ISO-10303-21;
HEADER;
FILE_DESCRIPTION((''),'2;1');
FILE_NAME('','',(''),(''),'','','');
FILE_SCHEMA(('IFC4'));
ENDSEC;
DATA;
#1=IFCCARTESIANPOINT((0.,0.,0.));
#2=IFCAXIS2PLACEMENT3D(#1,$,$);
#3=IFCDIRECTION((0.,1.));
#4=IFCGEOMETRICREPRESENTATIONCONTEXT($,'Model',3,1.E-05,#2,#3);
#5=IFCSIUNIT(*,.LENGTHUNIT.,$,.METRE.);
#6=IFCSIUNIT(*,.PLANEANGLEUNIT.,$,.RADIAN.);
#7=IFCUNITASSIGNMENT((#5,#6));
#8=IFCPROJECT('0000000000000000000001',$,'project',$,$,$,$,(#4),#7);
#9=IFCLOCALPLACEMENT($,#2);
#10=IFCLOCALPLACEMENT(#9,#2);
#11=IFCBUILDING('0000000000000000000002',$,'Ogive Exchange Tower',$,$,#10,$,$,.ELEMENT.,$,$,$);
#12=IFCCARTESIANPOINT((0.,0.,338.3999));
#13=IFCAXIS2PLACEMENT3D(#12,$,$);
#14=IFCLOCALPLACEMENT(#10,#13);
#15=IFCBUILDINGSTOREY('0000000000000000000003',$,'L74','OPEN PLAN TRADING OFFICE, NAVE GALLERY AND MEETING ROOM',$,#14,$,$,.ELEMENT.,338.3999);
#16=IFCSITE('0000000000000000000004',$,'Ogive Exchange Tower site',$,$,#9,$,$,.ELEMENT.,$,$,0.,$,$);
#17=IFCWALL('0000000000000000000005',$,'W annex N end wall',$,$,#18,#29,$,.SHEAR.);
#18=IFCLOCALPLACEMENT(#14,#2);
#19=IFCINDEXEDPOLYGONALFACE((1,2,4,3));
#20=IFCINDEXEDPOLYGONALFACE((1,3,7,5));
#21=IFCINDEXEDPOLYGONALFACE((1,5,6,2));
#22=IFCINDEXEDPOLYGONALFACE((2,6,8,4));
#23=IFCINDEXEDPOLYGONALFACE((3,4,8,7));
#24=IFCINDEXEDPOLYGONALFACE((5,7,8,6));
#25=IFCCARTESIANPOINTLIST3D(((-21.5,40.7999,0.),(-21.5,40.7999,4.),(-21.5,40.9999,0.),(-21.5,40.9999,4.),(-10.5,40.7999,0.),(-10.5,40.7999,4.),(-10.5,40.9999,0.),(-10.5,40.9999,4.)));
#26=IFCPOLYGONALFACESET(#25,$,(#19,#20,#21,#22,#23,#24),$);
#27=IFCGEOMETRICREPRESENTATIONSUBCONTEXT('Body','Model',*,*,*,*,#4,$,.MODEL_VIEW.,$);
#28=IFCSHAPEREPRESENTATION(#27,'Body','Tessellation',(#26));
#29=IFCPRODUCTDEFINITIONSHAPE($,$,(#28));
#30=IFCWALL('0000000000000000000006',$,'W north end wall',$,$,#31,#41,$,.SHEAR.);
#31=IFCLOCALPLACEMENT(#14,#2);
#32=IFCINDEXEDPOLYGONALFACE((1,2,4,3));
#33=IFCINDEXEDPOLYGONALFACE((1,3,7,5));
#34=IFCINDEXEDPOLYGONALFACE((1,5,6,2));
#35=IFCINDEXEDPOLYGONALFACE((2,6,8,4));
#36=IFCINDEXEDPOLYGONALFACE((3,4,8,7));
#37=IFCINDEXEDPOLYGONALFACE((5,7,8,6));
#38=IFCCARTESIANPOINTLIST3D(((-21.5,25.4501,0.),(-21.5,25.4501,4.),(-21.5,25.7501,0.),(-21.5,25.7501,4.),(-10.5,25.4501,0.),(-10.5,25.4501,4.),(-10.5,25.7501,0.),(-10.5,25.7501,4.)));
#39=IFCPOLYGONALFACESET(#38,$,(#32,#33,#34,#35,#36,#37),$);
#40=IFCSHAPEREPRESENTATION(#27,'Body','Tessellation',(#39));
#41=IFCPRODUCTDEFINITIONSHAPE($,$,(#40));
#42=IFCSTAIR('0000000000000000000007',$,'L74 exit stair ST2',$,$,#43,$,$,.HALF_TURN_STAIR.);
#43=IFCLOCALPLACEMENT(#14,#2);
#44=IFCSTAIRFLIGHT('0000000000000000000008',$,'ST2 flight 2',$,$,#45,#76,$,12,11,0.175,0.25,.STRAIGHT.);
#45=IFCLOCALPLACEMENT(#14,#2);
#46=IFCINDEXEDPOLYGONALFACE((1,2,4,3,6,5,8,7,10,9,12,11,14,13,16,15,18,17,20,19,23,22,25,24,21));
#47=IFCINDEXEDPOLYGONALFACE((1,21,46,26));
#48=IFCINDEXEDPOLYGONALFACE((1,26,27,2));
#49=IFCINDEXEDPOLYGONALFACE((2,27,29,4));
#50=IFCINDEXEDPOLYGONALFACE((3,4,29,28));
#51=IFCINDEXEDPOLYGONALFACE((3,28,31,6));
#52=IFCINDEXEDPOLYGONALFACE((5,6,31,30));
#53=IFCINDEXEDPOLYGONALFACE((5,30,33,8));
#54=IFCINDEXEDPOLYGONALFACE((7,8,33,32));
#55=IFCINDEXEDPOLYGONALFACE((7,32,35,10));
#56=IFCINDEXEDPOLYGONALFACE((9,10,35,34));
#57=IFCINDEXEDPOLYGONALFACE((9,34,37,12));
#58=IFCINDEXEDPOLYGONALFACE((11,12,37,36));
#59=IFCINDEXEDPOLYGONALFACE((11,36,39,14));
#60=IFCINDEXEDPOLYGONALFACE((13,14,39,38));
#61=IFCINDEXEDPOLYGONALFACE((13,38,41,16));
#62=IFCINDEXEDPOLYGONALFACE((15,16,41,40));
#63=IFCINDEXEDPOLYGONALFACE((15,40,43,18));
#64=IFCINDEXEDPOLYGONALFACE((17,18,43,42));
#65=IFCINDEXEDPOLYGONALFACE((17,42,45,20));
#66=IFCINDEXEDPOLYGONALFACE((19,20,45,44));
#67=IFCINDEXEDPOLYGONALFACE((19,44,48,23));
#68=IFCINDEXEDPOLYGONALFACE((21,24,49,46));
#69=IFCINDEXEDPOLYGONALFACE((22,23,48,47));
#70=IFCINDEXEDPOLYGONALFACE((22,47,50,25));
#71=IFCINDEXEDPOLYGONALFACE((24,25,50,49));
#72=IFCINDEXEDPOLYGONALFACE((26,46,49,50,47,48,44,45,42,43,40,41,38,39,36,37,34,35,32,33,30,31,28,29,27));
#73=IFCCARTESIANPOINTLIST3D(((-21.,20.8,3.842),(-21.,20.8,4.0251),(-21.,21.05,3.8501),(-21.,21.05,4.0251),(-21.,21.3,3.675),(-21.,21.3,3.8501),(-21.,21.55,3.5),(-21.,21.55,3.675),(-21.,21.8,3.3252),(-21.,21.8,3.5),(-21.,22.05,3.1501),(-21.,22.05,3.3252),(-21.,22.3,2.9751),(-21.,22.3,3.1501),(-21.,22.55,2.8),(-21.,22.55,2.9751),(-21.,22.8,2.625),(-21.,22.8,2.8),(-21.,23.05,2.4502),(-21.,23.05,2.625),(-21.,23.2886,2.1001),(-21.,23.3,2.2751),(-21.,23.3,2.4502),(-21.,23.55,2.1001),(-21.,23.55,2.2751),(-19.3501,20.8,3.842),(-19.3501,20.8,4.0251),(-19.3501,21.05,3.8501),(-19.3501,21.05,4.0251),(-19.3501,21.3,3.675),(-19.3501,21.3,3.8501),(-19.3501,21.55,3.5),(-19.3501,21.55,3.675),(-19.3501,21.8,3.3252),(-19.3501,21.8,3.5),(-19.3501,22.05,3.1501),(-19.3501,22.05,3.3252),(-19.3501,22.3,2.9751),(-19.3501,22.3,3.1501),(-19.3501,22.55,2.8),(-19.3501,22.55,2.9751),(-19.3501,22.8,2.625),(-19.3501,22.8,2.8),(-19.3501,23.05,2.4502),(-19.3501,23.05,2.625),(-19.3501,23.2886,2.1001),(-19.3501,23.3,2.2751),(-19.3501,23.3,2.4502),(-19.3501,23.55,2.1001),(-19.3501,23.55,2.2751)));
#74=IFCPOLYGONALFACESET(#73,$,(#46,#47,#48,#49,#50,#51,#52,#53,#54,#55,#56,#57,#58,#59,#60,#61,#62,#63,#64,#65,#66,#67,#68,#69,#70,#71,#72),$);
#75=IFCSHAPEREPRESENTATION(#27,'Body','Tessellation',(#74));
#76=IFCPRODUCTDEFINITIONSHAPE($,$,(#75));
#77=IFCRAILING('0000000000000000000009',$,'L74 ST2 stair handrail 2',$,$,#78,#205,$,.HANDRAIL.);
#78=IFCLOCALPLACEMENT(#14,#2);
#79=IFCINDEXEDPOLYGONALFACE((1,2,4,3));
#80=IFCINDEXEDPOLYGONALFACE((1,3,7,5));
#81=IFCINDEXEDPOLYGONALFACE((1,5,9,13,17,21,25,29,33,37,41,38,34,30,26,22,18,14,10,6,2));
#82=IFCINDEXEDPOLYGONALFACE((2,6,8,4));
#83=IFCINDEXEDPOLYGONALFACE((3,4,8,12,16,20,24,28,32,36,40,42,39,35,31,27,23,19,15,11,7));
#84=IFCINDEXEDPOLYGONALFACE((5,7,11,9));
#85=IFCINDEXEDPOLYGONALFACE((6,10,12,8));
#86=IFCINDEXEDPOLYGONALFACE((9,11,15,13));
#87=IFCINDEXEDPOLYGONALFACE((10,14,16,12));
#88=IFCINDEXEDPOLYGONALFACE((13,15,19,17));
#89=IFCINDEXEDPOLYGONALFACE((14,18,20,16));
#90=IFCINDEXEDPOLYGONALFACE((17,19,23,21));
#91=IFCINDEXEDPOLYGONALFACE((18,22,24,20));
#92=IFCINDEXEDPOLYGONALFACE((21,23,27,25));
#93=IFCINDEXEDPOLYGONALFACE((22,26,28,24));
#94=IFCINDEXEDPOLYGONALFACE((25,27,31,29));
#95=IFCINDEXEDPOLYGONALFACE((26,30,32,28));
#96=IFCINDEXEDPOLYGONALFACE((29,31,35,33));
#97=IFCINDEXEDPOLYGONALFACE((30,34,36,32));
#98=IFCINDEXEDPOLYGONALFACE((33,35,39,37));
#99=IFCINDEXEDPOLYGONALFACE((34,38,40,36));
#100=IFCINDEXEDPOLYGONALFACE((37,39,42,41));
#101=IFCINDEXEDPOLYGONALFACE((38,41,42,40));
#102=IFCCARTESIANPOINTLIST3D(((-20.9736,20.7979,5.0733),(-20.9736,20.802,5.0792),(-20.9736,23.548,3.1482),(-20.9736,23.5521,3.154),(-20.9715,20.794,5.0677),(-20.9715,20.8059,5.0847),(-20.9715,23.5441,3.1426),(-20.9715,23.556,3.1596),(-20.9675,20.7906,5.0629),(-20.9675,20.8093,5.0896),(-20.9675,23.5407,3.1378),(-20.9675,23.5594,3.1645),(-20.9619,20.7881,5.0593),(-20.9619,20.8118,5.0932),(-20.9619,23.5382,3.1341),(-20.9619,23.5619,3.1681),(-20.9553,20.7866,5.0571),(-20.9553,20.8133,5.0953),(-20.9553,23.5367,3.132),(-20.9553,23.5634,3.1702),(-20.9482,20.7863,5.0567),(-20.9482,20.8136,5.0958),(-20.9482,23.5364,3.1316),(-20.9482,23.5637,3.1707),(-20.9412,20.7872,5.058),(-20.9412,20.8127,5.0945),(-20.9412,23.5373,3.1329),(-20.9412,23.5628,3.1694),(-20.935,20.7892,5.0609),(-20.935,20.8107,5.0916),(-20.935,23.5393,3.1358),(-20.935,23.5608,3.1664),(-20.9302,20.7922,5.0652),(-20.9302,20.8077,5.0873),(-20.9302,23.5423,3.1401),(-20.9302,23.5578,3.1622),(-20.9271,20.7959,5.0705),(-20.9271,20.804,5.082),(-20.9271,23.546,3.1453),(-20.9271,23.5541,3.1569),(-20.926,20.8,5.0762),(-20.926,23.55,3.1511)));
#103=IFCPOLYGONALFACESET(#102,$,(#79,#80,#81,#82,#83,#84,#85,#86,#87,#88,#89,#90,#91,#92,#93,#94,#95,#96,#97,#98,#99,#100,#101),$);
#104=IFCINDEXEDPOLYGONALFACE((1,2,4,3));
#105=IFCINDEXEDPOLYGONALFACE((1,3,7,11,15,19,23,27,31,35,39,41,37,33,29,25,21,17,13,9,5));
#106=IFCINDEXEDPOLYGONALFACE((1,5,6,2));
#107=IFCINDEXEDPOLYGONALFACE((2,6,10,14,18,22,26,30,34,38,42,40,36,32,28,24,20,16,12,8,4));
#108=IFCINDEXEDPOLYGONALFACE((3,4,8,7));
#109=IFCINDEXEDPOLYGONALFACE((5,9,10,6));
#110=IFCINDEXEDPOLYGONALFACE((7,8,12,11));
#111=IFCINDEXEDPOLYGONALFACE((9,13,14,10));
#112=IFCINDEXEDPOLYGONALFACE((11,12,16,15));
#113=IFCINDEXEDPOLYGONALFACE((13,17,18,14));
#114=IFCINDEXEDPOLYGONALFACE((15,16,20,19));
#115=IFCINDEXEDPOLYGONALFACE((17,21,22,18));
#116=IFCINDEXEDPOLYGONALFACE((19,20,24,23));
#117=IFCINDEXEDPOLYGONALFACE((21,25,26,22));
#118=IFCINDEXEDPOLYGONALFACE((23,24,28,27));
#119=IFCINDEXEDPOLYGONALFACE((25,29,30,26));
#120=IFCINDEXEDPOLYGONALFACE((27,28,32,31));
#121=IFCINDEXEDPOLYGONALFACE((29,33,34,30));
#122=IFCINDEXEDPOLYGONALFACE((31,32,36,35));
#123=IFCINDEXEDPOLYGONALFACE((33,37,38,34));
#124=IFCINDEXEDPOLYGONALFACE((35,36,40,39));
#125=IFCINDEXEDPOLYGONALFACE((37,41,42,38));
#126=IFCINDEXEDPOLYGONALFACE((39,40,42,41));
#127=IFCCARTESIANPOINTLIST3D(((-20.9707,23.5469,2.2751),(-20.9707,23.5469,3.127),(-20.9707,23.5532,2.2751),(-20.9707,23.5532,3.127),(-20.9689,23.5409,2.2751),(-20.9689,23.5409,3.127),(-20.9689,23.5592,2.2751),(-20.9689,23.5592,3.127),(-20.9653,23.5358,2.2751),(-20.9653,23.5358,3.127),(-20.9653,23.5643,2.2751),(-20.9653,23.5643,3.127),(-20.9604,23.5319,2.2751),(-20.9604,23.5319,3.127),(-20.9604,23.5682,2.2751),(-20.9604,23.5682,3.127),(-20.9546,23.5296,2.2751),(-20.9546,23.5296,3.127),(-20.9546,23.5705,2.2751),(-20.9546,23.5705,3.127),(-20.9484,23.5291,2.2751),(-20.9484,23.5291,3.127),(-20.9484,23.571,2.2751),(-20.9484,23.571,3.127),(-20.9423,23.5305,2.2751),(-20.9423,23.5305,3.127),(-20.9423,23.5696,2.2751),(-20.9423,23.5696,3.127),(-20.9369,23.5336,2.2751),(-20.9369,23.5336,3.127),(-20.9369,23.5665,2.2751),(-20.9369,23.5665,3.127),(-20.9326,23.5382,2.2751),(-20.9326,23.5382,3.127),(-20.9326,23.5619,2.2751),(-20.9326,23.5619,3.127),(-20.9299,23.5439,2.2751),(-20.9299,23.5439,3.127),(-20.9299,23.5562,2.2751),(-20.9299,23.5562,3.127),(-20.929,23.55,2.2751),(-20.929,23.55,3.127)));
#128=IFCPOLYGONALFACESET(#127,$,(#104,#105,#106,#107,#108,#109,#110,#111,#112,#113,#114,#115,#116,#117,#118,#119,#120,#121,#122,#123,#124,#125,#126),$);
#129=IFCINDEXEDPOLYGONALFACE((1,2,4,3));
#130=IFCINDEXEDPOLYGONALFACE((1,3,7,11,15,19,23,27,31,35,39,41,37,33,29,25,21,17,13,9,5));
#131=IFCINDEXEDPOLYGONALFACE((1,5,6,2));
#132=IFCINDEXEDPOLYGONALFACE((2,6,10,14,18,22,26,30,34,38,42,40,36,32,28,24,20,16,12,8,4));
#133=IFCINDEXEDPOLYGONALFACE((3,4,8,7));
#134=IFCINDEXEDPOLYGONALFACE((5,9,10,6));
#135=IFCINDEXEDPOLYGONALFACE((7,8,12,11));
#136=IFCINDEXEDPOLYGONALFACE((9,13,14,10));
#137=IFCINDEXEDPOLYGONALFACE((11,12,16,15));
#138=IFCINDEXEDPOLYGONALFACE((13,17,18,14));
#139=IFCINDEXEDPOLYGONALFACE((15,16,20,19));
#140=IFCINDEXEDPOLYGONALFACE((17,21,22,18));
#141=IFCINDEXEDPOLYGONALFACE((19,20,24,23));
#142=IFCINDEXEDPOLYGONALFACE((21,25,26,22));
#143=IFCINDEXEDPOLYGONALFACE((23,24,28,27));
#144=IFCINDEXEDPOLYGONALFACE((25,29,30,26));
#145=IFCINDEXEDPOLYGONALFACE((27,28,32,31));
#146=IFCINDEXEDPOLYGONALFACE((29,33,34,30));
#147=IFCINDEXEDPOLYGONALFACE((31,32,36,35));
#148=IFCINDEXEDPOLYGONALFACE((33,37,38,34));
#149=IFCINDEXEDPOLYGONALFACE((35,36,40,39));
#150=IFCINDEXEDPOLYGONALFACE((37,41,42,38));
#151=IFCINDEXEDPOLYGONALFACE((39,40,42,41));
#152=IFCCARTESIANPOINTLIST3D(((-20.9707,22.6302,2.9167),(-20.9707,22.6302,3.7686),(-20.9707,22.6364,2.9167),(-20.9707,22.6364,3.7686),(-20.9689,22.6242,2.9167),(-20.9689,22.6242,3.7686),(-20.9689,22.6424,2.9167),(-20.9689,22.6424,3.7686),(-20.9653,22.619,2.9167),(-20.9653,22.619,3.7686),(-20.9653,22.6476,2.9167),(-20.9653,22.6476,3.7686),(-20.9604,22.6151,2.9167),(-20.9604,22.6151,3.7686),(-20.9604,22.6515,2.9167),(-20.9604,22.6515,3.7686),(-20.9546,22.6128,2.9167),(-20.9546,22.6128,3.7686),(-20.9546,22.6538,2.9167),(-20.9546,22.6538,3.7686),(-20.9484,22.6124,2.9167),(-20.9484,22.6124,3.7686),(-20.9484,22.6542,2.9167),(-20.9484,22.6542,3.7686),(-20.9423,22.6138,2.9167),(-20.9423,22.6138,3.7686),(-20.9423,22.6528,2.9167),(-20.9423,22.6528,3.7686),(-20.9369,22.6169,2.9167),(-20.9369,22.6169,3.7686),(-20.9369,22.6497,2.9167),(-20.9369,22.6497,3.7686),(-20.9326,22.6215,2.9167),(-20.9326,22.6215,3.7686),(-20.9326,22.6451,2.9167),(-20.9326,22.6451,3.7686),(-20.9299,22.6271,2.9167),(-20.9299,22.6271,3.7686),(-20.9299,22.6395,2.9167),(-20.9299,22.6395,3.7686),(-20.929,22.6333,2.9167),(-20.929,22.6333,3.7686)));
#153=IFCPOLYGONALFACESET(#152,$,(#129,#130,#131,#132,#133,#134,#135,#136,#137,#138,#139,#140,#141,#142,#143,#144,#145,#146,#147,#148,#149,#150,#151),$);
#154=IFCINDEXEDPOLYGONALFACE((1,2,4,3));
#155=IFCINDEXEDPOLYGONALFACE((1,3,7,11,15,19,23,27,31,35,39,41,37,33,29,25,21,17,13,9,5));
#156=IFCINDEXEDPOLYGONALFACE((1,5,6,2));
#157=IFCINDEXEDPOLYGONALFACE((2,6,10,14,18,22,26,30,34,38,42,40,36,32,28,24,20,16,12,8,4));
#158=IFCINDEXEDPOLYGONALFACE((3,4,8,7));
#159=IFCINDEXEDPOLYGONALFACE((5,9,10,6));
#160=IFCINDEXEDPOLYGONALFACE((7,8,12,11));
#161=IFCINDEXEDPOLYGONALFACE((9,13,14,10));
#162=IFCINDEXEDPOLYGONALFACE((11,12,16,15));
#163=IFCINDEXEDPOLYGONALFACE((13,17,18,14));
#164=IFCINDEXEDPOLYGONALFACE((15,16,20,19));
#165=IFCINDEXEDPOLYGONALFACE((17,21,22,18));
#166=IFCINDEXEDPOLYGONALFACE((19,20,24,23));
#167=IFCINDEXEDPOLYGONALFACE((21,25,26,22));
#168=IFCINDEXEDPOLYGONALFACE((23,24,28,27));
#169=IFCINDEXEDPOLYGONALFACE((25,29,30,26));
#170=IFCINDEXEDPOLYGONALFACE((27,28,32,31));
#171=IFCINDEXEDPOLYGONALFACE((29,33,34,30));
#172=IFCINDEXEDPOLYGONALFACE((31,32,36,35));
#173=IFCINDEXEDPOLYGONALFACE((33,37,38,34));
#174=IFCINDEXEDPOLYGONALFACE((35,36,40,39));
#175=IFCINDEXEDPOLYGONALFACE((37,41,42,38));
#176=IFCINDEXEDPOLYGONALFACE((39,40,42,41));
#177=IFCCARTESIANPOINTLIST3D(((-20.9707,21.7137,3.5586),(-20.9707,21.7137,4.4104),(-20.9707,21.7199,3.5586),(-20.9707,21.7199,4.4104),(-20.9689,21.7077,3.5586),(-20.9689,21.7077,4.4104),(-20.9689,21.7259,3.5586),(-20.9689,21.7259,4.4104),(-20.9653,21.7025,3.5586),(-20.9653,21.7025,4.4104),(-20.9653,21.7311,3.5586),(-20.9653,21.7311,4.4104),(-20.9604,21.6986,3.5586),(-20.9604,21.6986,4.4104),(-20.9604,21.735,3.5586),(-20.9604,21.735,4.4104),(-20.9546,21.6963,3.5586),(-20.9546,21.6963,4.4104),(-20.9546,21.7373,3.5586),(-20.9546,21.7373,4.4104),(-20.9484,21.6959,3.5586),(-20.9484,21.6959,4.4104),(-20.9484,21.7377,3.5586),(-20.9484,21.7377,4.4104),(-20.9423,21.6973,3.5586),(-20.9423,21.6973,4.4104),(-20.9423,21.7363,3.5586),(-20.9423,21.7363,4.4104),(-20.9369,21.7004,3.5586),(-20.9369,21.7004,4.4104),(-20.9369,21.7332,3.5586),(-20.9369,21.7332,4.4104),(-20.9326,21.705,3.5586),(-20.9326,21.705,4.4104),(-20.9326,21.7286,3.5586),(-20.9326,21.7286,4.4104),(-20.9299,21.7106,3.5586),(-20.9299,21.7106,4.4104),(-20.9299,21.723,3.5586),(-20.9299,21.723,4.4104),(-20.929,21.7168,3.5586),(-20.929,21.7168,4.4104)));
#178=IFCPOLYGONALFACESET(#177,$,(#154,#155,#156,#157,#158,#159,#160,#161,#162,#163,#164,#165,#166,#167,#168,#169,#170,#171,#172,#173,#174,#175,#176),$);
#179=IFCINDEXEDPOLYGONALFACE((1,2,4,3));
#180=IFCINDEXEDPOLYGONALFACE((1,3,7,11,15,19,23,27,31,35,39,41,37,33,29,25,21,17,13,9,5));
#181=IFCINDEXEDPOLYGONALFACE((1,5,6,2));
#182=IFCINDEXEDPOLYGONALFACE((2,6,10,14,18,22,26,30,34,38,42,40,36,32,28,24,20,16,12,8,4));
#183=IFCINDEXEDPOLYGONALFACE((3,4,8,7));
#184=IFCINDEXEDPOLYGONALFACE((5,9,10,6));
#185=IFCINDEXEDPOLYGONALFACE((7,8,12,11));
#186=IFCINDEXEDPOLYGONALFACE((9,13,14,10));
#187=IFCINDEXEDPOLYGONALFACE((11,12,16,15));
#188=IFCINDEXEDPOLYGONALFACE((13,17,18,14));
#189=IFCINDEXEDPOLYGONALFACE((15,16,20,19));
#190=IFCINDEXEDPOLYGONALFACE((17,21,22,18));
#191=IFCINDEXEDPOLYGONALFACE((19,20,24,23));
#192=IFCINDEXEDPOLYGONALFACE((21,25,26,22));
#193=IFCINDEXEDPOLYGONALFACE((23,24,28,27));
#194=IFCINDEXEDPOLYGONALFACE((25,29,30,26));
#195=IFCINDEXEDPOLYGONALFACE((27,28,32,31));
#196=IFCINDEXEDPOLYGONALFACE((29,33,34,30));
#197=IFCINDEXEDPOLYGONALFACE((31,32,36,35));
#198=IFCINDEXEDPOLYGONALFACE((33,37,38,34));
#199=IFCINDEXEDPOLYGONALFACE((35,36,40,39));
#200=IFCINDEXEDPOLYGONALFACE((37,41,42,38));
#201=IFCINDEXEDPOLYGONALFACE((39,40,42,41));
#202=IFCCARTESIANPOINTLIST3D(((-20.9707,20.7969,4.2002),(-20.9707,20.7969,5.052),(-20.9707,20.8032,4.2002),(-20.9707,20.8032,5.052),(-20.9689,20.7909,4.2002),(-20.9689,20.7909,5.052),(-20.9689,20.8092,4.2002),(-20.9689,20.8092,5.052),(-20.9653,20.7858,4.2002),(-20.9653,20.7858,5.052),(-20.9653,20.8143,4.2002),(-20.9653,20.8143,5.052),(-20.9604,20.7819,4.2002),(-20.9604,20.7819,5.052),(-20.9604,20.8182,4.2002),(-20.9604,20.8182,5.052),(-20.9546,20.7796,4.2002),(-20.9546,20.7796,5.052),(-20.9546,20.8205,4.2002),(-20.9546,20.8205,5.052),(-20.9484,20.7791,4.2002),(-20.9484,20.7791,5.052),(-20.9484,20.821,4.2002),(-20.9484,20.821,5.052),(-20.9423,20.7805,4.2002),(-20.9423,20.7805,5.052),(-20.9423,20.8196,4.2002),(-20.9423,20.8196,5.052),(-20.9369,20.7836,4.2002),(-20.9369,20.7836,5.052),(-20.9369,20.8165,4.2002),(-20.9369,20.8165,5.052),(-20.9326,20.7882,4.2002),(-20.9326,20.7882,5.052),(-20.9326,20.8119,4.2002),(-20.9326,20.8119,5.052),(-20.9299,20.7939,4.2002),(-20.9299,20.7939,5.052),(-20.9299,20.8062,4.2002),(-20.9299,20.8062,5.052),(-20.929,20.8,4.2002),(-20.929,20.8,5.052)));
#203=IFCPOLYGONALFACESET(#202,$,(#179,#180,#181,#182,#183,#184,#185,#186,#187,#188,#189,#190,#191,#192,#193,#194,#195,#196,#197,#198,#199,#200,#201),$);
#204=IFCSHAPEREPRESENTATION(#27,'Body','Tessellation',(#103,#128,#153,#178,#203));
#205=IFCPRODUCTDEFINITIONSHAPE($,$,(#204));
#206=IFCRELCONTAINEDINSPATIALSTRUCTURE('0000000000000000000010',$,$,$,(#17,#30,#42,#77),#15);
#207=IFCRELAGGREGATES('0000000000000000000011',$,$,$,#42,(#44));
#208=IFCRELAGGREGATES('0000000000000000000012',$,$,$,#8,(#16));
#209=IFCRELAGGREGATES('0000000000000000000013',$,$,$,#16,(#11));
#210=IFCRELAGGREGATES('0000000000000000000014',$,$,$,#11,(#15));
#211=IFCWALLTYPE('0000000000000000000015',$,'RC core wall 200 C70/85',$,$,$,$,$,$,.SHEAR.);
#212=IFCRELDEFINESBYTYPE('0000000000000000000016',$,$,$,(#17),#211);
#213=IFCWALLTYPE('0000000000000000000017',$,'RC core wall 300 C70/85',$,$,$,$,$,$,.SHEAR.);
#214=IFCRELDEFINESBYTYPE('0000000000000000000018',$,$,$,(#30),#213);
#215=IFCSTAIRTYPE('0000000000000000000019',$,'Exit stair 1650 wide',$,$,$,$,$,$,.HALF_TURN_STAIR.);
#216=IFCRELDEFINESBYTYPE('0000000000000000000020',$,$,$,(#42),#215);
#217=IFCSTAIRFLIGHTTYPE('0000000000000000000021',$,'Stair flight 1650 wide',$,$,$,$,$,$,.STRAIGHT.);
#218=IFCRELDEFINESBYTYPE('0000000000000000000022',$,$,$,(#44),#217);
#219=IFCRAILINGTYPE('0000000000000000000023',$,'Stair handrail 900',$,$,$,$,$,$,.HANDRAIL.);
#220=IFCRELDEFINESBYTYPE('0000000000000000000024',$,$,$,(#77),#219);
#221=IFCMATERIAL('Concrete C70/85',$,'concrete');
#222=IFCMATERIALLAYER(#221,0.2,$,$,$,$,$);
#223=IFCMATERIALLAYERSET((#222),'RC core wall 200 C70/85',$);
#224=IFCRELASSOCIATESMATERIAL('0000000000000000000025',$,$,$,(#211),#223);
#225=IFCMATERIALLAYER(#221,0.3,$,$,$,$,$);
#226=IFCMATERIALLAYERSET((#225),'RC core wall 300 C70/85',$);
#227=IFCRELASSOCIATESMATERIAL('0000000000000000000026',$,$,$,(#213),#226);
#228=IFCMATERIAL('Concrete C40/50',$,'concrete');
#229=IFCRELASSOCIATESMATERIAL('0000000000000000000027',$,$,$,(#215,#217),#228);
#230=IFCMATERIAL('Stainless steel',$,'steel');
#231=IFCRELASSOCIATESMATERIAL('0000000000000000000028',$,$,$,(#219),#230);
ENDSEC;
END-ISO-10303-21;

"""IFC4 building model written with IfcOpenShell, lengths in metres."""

from ifc_helpers import new_model, si_unit, direction, frame, frame_2d, origin, origin_2d, place, context, subcontext, project, spatial, polyline, rectangle, circle, outline, extrude, material, layer, layer_set, type_object, element, aggregate, save


model = new_model("IFC4")

# Units and contexts
model_context = context("Model", 3, precision=1e-05, world=origin(), true_north=direction((0.0, 1.0)))
body_context = subcontext(model_context, "Body", "Model", "MODEL_VIEW")
ifc_project = project(units=[si_unit("LENGTHUNIT", "METRE"), si_unit("PLANEANGLEUNIT", "RADIAN")], contexts=[model_context])

# Site, building, storey
site_placement = place(None, origin())
site = spatial("IfcSite", under=ifc_project, at=site_placement, Name="Ogive Exchange Tower site", CompositionType="ELEMENT", RefElevation=0.0)
building_placement = place(site_placement, origin())
building = spatial("IfcBuilding", under=site, at=building_placement, Name="Ogive Exchange Tower", CompositionType="ELEMENT")
storey_placement = place(building_placement, frame((0.0, 0.0, 338.3999)))
storey = spatial("IfcBuildingStorey", under=building, at=storey_placement, Name="L74", Description="OPEN PLAN TRADING OFFICE, NAVE GALLERY AND MEETING ROOM", CompositionType="ELEMENT", Elevation=338.3999)

# Shared definitions
ifc_material_1 = material(Name="Concrete C70/85", Category="concrete")
ifc_layer_1 = layer(ifc_material_1, 0.2)
ifc_layer_set_1 = layer_set([ifc_layer_1], Name="RC core wall 200 C70/85")
wall_type_1 = type_object("IfcWallType", Name="RC core wall 200 C70/85", PredefinedType="SHEAR", material=ifc_layer_set_1)

# Walls
wall_1_placement = place(storey_placement, frame((-21.5, 40.8999, 0.0), z_axis=(0.0, 0.0, 1.0), x_axis=(1.0, 0.0, 0.0)))
element("IfcWall", 1, at=wall_1_placement, inside=storey, type_object=wall_type_1, Name="W annex N end wall", PredefinedType="SHEAR", context=body_context, shape_type="SweptSolid", body=[
    extrude(rectangle(XDim=11.0, YDim=0.2, at=frame_2d((5.5, 0.0))), origin(), (0.0, 0.0, 1.0), 4.0),
])
ifc_layer_2 = layer(ifc_material_1, 0.3)
ifc_layer_set_2 = layer_set([ifc_layer_2], Name="RC core wall 300 C70/85")
wall_type_2 = type_object("IfcWallType", Name="RC core wall 300 C70/85", PredefinedType="SHEAR", material=ifc_layer_set_2)
wall_2_placement = place(storey_placement, frame((-21.5, 25.6001, 0.0), z_axis=(0.0, 0.0, 1.0), x_axis=(1.0, 0.0, 0.0)))
element("IfcWall", 2, at=wall_2_placement, inside=storey, type_object=wall_type_2, Name="W north end wall", PredefinedType="SHEAR", context=body_context, shape_type="SweptSolid", body=[
    extrude(rectangle(XDim=11.0, YDim=0.3, at=frame_2d((5.5, 0.0))), origin(), (0.0, 0.0, 1.0), 4.0),
])

# Stair, stair flight
ifc_material_2 = material(Name="Concrete C40/50", Category="concrete")
stair_type = type_object("IfcStairType", Name="Exit stair 1650 wide", PredefinedType="HALF_TURN_STAIR", material=ifc_material_2)
stair_placement = place(storey_placement, origin())
stair = element("IfcStair", 3, at=stair_placement, inside=storey, type_object=stair_type, Name="L74 exit stair ST2", PredefinedType="HALF_TURN_STAIR")
stair_flight_type = type_object("IfcStairFlightType", Name="Stair flight 1650 wide", PredefinedType="STRAIGHT", material=ifc_material_2)
stair_flight_placement = place(storey_placement, frame((-20.175, 23.55, 2.1001), z_axis=(0.0, 0.0, 1.0), x_axis=(0.0, -1.0, 0.0)))
stair_flight = element("IfcStairFlight", 4, at=stair_flight_placement, type_object=stair_flight_type, Name="ST2 flight 2", NumberOfRisers=12, NumberOfTreads=11, PredefinedType="STRAIGHT", RiserHeight=0.175, TreadLength=0.25, context=body_context, shape_type="SweptSolid", body=[
    extrude(outline(polyline([(0.0, 0.0), (0.0, 0.175), (0.25, 0.175), (0.25, 0.3501), (0.5, 0.3501), (0.5, 0.5249), (0.75, 0.5249), (0.75, 0.7), (1.0, 0.7), (1.0, 0.875), (1.25, 0.875), (1.25, 1.05), (1.5, 1.05), (1.5, 1.2251), (1.75, 1.2251), (1.75, 1.3999), (2.0, 1.3999), (2.0, 1.575), (2.25, 1.575), (2.25, 1.75), (2.5, 1.75), (2.5, 1.925), (2.75, 1.925), (2.75, 2.1001), (2.75, 1.7419), (0.2615, 0.0), (0.0, 0.0)])), frame((0.0, 0.825, 0.0), z_axis=(0.0, -1.0, 0.0), x_axis=(1.0, 0.0, 0.0)), (0.0, 0.0, 1.0), 1.6499),
])
aggregate(stair, [stair_flight])

# Railing
ifc_material_3 = material(Name="Stainless steel", Category="steel")
railing_type = type_object("IfcRailingType", Name="Stair handrail 900", PredefinedType="HANDRAIL", material=ifc_material_3)
railing_placement = place(storey_placement, frame((-20.95, 23.55, 2.2751)))
element("IfcRailing", 5, at=railing_placement, inside=storey, type_object=railing_type, Name="L74 ST2 stair handrail 2", PredefinedType="HANDRAIL", context=body_context, shape_type="SweptSolid", body=[
    extrude(circle(Radius=0.0239, at=origin_2d()), frame((0.0, 0.0, 0.876), z_axis=(0.0, -0.819225, 0.573472), x_axis=(1.0, 0.0, 0.0)), (0.0, 0.0, 1.0), 3.3569),
    extrude(circle(Radius=0.021, at=origin_2d()), origin(), (0.0, 0.0, 1.0), 0.8518),
    extrude(circle(Radius=0.021, at=origin_2d()), frame((0.0, -0.9167, 0.6416)), (0.0, 0.0, 1.0), 0.8518),
    extrude(circle(Radius=0.021, at=origin_2d()), frame((0.0, -1.8333, 1.2834)), (0.0, 0.0, 1.0), 0.8518),
    extrude(circle(Radius=0.021, at=origin_2d()), frame((0.0, -2.75, 1.925)), (0.0, 0.0, 1.0), 0.8518),
])

save(model, "model.ifc")
